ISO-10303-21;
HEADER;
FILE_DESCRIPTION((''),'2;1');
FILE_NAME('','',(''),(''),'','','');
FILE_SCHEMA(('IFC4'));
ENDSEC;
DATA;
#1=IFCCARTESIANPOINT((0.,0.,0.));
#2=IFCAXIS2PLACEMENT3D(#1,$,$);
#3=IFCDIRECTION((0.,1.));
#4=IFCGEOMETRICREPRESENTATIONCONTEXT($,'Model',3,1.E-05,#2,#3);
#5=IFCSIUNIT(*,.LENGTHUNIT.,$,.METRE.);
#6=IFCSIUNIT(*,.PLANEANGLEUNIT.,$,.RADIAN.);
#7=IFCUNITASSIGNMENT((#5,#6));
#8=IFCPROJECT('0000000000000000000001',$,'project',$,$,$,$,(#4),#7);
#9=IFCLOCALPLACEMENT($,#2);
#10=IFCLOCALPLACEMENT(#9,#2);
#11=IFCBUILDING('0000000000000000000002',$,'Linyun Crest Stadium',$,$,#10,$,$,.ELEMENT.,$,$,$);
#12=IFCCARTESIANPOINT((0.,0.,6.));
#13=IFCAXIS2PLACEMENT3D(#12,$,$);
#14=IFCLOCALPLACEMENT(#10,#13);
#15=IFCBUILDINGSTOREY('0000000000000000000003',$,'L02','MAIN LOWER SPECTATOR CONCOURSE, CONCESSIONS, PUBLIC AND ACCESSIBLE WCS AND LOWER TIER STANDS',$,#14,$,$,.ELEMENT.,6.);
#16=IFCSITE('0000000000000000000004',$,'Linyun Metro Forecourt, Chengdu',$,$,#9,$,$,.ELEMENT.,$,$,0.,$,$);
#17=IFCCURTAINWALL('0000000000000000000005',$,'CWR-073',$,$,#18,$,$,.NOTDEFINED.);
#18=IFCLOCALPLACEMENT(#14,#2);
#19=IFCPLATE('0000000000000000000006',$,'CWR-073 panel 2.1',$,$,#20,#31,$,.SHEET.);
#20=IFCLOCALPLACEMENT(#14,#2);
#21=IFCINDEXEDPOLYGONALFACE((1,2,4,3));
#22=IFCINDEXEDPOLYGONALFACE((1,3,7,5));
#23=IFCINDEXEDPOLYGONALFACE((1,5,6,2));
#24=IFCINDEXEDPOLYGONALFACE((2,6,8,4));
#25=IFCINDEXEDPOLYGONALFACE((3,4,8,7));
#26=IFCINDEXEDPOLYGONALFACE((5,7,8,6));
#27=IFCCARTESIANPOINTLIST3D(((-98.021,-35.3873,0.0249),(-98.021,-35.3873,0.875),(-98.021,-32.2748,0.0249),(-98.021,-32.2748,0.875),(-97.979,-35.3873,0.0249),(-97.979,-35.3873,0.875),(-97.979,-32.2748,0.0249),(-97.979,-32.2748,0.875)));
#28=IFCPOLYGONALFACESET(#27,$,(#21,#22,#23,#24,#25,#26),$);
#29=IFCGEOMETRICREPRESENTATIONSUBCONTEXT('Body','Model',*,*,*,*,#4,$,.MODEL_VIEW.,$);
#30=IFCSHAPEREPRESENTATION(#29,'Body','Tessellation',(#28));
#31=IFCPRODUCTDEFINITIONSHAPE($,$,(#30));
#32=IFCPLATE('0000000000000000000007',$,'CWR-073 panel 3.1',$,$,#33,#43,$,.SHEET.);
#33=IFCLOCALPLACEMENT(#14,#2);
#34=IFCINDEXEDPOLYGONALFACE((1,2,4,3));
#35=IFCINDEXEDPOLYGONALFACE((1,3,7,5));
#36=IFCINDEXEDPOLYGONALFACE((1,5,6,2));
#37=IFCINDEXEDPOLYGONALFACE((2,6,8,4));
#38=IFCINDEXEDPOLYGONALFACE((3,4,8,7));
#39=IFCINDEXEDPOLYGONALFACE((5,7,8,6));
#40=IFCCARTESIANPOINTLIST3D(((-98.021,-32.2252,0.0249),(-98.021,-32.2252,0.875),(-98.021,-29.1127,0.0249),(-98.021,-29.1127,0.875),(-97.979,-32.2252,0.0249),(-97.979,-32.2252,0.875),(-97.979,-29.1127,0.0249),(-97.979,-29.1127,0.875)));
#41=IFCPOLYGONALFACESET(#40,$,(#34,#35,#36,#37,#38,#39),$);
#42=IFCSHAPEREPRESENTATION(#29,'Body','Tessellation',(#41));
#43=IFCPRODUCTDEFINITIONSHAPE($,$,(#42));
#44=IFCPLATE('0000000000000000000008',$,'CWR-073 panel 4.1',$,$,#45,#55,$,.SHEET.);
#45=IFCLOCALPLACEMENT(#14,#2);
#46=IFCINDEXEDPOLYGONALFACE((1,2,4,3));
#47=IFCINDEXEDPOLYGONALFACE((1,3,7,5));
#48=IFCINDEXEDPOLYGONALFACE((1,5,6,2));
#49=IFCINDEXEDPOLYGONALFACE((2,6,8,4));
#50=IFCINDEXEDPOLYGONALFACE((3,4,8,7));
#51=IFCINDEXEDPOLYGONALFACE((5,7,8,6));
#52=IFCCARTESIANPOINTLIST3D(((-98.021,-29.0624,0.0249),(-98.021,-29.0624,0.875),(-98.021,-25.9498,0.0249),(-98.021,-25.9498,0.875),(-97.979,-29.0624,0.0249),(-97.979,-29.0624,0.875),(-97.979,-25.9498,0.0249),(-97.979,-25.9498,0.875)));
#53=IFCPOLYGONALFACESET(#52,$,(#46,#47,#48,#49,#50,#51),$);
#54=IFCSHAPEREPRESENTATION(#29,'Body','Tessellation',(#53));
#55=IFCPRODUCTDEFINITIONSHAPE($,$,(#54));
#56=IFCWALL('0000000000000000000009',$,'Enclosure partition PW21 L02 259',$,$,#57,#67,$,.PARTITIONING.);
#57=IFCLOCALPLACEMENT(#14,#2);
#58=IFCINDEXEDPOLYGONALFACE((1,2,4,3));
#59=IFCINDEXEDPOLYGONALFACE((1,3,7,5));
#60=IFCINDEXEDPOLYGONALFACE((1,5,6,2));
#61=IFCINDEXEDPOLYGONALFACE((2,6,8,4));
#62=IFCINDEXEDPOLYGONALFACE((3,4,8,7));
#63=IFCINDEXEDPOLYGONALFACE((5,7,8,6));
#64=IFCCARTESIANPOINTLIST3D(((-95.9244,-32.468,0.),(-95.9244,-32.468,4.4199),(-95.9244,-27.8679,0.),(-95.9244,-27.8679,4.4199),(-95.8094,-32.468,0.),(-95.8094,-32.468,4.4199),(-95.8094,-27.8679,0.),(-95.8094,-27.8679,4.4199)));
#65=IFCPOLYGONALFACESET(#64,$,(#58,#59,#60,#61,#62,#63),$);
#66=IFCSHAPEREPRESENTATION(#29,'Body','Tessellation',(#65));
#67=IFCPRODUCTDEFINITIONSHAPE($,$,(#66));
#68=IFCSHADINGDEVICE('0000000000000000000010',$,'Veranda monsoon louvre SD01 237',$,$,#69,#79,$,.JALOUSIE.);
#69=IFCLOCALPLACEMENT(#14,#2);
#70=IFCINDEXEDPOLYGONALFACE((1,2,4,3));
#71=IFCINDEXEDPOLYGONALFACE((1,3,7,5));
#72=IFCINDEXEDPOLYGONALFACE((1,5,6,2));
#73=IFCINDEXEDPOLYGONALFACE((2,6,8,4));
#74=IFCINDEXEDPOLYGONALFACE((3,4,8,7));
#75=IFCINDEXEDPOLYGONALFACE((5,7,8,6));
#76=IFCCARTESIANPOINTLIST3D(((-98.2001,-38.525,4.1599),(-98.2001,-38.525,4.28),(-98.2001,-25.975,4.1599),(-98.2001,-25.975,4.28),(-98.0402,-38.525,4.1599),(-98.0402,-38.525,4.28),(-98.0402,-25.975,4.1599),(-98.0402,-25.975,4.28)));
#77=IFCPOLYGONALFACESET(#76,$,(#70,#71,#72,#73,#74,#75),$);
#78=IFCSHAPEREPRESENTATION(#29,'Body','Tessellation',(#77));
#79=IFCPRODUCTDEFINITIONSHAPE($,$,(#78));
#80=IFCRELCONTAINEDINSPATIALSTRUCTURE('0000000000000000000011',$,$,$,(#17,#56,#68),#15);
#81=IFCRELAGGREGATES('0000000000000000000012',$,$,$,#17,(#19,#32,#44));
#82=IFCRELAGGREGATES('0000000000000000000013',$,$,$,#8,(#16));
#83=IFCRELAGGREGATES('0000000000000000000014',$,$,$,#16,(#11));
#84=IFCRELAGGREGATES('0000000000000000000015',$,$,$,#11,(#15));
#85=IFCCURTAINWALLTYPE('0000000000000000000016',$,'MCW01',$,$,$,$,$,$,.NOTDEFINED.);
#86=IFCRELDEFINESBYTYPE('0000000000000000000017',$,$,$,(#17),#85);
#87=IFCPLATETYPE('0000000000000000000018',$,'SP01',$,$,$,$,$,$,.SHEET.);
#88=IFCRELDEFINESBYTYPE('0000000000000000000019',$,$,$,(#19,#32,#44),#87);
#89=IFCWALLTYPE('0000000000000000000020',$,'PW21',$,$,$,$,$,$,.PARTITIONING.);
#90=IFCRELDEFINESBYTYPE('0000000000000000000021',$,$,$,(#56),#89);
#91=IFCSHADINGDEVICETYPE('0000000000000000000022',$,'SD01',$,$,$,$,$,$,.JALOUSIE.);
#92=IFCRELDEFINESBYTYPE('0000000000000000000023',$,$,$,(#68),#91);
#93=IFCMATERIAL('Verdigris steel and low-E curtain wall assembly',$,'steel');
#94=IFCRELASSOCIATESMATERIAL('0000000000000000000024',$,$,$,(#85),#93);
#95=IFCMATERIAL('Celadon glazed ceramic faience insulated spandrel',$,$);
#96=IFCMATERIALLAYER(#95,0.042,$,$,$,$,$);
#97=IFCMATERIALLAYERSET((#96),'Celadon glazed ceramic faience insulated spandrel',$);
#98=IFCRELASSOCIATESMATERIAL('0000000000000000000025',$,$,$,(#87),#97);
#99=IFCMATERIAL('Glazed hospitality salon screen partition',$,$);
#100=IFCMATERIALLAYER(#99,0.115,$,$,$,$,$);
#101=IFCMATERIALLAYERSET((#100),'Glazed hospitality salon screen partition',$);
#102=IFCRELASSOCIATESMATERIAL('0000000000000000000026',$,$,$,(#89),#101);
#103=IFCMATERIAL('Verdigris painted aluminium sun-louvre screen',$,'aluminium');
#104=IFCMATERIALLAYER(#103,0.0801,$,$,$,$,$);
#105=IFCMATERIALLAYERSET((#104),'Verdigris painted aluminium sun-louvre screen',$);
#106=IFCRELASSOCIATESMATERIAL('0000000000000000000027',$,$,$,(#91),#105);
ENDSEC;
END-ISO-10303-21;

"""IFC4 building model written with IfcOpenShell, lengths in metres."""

from ifc_helpers import new_model, si_unit, direction, frame, frame_2d, origin, origin_2d, place, context, subcontext, project, spatial, rectangle, extrude, material, layer, layer_set, type_object, element, aggregate, save


model = new_model("IFC4")

# Units and contexts
model_context = context("Model", 3, precision=1e-05, world=origin(), true_north=direction((0.0, 1.0)))
body_context = subcontext(model_context, "Body", "Model", "MODEL_VIEW")
ifc_project = project(units=[si_unit("LENGTHUNIT", "METRE"), si_unit("PLANEANGLEUNIT", "RADIAN")], contexts=[model_context])

# Site, building, storey
site_placement = place(None, origin())
site = spatial("IfcSite", under=ifc_project, at=site_placement, Name="Linyun Metro Forecourt, Chengdu", CompositionType="ELEMENT", RefElevation=0.0)
building_placement = place(site_placement, origin())
building = spatial("IfcBuilding", under=site, at=building_placement, Name="Linyun Crest Stadium", CompositionType="ELEMENT")
storey_placement = place(building_placement, frame((0.0, 0.0, 6.0)))
storey = spatial("IfcBuildingStorey", under=building, at=storey_placement, Name="L02", Description="MAIN LOWER SPECTATOR CONCOURSE, CONCESSIONS, PUBLIC AND ACCESSIBLE WCS AND LOWER TIER STANDS", CompositionType="ELEMENT", Elevation=6.0)

# Curtain wall
ifc_material_1 = material(Name="Verdigris steel and low-E curtain wall assembly", Category="steel")
curtain_wall_type = type_object("IfcCurtainWallType", Name="MCW01", PredefinedType="NOTDEFINED", material=ifc_material_1)
curtain_wall_placement = place(storey_placement, origin())
curtain_wall = element("IfcCurtainWall", 1, at=curtain_wall_placement, inside=storey, type_object=curtain_wall_type, Name="CWR-073", PredefinedType="NOTDEFINED")

# Plates
ifc_material_2 = material(Name="Celadon glazed ceramic faience insulated spandrel")
ifc_layer_1 = layer(ifc_material_2, 0.042)
ifc_layer_set_1 = layer_set([ifc_layer_1], Name="Celadon glazed ceramic faience insulated spandrel")
plate_type_1 = type_object("IfcPlateType", Name="SP01", PredefinedType="SHEET", material=ifc_layer_set_1)
plate_1_placement = place(storey_placement, frame((-98.0, -33.8311, 0.0249), z_axis=(0.0, 0.0, 1.0), x_axis=(0.0, 1.0, 0.0)))
plate_1 = element("IfcPlate", 2, at=plate_1_placement, type_object=plate_type_1, Name="CWR-073 panel 2.1", PredefinedType="SHEET", context=body_context, shape_type="SweptSolid", body=[
    extrude(rectangle(XDim=3.1125, YDim=0.042, at=origin_2d()), origin(), (0.0, 0.0, 1.0), 0.8501),
])
plate_2_placement = place(storey_placement, frame((-98.0, -30.6689, 0.0249), z_axis=(0.0, 0.0, 1.0), x_axis=(0.0, 1.0, 0.0)))
plate_2 = element("IfcPlate", 3, at=plate_2_placement, type_object=plate_type_1, Name="CWR-073 panel 3.1", PredefinedType="SHEET", context=body_context, shape_type="SweptSolid", body=[
    extrude(rectangle(XDim=3.1125, YDim=0.042, at=origin_2d()), origin(), (0.0, 0.0, 1.0), 0.8501),
])
plate_3_placement = place(storey_placement, frame((-98.0, -27.5061, 0.0249), z_axis=(0.0, 0.0, 1.0), x_axis=(0.0, 1.0, 0.0)))
plate_3 = element("IfcPlate", 4, at=plate_3_placement, type_object=plate_type_1, Name="CWR-073 panel 4.1", PredefinedType="SHEET", context=body_context, shape_type="SweptSolid", body=[
    extrude(rectangle(XDim=3.1125, YDim=0.042, at=origin_2d()), origin(), (0.0, 0.0, 1.0), 0.8501),
])
aggregate(curtain_wall, [plate_1, plate_2, plate_3])

# Wall
ifc_material_3 = material(Name="Glazed hospitality salon screen partition")
ifc_layer_2 = layer(ifc_material_3, 0.115)
ifc_layer_set_2 = layer_set([ifc_layer_2], Name="Glazed hospitality salon screen partition")
wall_type = type_object("IfcWallType", Name="PW21", PredefinedType="PARTITIONING", material=ifc_layer_set_2)
wall_placement = place(storey_placement, frame((-95.8669, -32.468, 0.0), z_axis=(0.0, 0.0, 1.0), x_axis=(0.0, 1.0, 0.0)))
element("IfcWall", 5, at=wall_placement, inside=storey, type_object=wall_type, Name="Enclosure partition PW21 L02 259", PredefinedType="PARTITIONING", context=body_context, shape_type="SweptSolid", body=[
    extrude(rectangle(XDim=4.6001, YDim=0.115, at=frame_2d((2.3, 0.0))), origin(), (0.0, 0.0, 1.0), 4.4199),
])

# Shading device
ifc_material_4 = material(Name="Verdigris painted aluminium sun-louvre screen", Category="aluminium")
ifc_layer_3 = layer(ifc_material_4, 0.0801)
ifc_layer_set_3 = layer_set([ifc_layer_3], Name="Verdigris painted aluminium sun-louvre screen")
shading_device_type = type_object("IfcShadingDeviceType", Name="SD01", PredefinedType="JALOUSIE", material=ifc_layer_set_3)
shading_device_placement = place(storey_placement, frame((-98.1201, -32.25, 4.1599), z_axis=(0.0, 0.0, 1.0), x_axis=(1.0, 0.0, 0.0)))
element("IfcShadingDevice", 6, at=shading_device_placement, inside=storey, type_object=shading_device_type, Name="Veranda monsoon louvre SD01 237", PredefinedType="JALOUSIE", context=body_context, shape_type="SweptSolid", body=[
    extrude(rectangle(XDim=0.1599, YDim=12.55, at=origin_2d()), origin(), (0.0, 0.0, 1.0), 0.1201),
])

save(model, "model.ifc")
